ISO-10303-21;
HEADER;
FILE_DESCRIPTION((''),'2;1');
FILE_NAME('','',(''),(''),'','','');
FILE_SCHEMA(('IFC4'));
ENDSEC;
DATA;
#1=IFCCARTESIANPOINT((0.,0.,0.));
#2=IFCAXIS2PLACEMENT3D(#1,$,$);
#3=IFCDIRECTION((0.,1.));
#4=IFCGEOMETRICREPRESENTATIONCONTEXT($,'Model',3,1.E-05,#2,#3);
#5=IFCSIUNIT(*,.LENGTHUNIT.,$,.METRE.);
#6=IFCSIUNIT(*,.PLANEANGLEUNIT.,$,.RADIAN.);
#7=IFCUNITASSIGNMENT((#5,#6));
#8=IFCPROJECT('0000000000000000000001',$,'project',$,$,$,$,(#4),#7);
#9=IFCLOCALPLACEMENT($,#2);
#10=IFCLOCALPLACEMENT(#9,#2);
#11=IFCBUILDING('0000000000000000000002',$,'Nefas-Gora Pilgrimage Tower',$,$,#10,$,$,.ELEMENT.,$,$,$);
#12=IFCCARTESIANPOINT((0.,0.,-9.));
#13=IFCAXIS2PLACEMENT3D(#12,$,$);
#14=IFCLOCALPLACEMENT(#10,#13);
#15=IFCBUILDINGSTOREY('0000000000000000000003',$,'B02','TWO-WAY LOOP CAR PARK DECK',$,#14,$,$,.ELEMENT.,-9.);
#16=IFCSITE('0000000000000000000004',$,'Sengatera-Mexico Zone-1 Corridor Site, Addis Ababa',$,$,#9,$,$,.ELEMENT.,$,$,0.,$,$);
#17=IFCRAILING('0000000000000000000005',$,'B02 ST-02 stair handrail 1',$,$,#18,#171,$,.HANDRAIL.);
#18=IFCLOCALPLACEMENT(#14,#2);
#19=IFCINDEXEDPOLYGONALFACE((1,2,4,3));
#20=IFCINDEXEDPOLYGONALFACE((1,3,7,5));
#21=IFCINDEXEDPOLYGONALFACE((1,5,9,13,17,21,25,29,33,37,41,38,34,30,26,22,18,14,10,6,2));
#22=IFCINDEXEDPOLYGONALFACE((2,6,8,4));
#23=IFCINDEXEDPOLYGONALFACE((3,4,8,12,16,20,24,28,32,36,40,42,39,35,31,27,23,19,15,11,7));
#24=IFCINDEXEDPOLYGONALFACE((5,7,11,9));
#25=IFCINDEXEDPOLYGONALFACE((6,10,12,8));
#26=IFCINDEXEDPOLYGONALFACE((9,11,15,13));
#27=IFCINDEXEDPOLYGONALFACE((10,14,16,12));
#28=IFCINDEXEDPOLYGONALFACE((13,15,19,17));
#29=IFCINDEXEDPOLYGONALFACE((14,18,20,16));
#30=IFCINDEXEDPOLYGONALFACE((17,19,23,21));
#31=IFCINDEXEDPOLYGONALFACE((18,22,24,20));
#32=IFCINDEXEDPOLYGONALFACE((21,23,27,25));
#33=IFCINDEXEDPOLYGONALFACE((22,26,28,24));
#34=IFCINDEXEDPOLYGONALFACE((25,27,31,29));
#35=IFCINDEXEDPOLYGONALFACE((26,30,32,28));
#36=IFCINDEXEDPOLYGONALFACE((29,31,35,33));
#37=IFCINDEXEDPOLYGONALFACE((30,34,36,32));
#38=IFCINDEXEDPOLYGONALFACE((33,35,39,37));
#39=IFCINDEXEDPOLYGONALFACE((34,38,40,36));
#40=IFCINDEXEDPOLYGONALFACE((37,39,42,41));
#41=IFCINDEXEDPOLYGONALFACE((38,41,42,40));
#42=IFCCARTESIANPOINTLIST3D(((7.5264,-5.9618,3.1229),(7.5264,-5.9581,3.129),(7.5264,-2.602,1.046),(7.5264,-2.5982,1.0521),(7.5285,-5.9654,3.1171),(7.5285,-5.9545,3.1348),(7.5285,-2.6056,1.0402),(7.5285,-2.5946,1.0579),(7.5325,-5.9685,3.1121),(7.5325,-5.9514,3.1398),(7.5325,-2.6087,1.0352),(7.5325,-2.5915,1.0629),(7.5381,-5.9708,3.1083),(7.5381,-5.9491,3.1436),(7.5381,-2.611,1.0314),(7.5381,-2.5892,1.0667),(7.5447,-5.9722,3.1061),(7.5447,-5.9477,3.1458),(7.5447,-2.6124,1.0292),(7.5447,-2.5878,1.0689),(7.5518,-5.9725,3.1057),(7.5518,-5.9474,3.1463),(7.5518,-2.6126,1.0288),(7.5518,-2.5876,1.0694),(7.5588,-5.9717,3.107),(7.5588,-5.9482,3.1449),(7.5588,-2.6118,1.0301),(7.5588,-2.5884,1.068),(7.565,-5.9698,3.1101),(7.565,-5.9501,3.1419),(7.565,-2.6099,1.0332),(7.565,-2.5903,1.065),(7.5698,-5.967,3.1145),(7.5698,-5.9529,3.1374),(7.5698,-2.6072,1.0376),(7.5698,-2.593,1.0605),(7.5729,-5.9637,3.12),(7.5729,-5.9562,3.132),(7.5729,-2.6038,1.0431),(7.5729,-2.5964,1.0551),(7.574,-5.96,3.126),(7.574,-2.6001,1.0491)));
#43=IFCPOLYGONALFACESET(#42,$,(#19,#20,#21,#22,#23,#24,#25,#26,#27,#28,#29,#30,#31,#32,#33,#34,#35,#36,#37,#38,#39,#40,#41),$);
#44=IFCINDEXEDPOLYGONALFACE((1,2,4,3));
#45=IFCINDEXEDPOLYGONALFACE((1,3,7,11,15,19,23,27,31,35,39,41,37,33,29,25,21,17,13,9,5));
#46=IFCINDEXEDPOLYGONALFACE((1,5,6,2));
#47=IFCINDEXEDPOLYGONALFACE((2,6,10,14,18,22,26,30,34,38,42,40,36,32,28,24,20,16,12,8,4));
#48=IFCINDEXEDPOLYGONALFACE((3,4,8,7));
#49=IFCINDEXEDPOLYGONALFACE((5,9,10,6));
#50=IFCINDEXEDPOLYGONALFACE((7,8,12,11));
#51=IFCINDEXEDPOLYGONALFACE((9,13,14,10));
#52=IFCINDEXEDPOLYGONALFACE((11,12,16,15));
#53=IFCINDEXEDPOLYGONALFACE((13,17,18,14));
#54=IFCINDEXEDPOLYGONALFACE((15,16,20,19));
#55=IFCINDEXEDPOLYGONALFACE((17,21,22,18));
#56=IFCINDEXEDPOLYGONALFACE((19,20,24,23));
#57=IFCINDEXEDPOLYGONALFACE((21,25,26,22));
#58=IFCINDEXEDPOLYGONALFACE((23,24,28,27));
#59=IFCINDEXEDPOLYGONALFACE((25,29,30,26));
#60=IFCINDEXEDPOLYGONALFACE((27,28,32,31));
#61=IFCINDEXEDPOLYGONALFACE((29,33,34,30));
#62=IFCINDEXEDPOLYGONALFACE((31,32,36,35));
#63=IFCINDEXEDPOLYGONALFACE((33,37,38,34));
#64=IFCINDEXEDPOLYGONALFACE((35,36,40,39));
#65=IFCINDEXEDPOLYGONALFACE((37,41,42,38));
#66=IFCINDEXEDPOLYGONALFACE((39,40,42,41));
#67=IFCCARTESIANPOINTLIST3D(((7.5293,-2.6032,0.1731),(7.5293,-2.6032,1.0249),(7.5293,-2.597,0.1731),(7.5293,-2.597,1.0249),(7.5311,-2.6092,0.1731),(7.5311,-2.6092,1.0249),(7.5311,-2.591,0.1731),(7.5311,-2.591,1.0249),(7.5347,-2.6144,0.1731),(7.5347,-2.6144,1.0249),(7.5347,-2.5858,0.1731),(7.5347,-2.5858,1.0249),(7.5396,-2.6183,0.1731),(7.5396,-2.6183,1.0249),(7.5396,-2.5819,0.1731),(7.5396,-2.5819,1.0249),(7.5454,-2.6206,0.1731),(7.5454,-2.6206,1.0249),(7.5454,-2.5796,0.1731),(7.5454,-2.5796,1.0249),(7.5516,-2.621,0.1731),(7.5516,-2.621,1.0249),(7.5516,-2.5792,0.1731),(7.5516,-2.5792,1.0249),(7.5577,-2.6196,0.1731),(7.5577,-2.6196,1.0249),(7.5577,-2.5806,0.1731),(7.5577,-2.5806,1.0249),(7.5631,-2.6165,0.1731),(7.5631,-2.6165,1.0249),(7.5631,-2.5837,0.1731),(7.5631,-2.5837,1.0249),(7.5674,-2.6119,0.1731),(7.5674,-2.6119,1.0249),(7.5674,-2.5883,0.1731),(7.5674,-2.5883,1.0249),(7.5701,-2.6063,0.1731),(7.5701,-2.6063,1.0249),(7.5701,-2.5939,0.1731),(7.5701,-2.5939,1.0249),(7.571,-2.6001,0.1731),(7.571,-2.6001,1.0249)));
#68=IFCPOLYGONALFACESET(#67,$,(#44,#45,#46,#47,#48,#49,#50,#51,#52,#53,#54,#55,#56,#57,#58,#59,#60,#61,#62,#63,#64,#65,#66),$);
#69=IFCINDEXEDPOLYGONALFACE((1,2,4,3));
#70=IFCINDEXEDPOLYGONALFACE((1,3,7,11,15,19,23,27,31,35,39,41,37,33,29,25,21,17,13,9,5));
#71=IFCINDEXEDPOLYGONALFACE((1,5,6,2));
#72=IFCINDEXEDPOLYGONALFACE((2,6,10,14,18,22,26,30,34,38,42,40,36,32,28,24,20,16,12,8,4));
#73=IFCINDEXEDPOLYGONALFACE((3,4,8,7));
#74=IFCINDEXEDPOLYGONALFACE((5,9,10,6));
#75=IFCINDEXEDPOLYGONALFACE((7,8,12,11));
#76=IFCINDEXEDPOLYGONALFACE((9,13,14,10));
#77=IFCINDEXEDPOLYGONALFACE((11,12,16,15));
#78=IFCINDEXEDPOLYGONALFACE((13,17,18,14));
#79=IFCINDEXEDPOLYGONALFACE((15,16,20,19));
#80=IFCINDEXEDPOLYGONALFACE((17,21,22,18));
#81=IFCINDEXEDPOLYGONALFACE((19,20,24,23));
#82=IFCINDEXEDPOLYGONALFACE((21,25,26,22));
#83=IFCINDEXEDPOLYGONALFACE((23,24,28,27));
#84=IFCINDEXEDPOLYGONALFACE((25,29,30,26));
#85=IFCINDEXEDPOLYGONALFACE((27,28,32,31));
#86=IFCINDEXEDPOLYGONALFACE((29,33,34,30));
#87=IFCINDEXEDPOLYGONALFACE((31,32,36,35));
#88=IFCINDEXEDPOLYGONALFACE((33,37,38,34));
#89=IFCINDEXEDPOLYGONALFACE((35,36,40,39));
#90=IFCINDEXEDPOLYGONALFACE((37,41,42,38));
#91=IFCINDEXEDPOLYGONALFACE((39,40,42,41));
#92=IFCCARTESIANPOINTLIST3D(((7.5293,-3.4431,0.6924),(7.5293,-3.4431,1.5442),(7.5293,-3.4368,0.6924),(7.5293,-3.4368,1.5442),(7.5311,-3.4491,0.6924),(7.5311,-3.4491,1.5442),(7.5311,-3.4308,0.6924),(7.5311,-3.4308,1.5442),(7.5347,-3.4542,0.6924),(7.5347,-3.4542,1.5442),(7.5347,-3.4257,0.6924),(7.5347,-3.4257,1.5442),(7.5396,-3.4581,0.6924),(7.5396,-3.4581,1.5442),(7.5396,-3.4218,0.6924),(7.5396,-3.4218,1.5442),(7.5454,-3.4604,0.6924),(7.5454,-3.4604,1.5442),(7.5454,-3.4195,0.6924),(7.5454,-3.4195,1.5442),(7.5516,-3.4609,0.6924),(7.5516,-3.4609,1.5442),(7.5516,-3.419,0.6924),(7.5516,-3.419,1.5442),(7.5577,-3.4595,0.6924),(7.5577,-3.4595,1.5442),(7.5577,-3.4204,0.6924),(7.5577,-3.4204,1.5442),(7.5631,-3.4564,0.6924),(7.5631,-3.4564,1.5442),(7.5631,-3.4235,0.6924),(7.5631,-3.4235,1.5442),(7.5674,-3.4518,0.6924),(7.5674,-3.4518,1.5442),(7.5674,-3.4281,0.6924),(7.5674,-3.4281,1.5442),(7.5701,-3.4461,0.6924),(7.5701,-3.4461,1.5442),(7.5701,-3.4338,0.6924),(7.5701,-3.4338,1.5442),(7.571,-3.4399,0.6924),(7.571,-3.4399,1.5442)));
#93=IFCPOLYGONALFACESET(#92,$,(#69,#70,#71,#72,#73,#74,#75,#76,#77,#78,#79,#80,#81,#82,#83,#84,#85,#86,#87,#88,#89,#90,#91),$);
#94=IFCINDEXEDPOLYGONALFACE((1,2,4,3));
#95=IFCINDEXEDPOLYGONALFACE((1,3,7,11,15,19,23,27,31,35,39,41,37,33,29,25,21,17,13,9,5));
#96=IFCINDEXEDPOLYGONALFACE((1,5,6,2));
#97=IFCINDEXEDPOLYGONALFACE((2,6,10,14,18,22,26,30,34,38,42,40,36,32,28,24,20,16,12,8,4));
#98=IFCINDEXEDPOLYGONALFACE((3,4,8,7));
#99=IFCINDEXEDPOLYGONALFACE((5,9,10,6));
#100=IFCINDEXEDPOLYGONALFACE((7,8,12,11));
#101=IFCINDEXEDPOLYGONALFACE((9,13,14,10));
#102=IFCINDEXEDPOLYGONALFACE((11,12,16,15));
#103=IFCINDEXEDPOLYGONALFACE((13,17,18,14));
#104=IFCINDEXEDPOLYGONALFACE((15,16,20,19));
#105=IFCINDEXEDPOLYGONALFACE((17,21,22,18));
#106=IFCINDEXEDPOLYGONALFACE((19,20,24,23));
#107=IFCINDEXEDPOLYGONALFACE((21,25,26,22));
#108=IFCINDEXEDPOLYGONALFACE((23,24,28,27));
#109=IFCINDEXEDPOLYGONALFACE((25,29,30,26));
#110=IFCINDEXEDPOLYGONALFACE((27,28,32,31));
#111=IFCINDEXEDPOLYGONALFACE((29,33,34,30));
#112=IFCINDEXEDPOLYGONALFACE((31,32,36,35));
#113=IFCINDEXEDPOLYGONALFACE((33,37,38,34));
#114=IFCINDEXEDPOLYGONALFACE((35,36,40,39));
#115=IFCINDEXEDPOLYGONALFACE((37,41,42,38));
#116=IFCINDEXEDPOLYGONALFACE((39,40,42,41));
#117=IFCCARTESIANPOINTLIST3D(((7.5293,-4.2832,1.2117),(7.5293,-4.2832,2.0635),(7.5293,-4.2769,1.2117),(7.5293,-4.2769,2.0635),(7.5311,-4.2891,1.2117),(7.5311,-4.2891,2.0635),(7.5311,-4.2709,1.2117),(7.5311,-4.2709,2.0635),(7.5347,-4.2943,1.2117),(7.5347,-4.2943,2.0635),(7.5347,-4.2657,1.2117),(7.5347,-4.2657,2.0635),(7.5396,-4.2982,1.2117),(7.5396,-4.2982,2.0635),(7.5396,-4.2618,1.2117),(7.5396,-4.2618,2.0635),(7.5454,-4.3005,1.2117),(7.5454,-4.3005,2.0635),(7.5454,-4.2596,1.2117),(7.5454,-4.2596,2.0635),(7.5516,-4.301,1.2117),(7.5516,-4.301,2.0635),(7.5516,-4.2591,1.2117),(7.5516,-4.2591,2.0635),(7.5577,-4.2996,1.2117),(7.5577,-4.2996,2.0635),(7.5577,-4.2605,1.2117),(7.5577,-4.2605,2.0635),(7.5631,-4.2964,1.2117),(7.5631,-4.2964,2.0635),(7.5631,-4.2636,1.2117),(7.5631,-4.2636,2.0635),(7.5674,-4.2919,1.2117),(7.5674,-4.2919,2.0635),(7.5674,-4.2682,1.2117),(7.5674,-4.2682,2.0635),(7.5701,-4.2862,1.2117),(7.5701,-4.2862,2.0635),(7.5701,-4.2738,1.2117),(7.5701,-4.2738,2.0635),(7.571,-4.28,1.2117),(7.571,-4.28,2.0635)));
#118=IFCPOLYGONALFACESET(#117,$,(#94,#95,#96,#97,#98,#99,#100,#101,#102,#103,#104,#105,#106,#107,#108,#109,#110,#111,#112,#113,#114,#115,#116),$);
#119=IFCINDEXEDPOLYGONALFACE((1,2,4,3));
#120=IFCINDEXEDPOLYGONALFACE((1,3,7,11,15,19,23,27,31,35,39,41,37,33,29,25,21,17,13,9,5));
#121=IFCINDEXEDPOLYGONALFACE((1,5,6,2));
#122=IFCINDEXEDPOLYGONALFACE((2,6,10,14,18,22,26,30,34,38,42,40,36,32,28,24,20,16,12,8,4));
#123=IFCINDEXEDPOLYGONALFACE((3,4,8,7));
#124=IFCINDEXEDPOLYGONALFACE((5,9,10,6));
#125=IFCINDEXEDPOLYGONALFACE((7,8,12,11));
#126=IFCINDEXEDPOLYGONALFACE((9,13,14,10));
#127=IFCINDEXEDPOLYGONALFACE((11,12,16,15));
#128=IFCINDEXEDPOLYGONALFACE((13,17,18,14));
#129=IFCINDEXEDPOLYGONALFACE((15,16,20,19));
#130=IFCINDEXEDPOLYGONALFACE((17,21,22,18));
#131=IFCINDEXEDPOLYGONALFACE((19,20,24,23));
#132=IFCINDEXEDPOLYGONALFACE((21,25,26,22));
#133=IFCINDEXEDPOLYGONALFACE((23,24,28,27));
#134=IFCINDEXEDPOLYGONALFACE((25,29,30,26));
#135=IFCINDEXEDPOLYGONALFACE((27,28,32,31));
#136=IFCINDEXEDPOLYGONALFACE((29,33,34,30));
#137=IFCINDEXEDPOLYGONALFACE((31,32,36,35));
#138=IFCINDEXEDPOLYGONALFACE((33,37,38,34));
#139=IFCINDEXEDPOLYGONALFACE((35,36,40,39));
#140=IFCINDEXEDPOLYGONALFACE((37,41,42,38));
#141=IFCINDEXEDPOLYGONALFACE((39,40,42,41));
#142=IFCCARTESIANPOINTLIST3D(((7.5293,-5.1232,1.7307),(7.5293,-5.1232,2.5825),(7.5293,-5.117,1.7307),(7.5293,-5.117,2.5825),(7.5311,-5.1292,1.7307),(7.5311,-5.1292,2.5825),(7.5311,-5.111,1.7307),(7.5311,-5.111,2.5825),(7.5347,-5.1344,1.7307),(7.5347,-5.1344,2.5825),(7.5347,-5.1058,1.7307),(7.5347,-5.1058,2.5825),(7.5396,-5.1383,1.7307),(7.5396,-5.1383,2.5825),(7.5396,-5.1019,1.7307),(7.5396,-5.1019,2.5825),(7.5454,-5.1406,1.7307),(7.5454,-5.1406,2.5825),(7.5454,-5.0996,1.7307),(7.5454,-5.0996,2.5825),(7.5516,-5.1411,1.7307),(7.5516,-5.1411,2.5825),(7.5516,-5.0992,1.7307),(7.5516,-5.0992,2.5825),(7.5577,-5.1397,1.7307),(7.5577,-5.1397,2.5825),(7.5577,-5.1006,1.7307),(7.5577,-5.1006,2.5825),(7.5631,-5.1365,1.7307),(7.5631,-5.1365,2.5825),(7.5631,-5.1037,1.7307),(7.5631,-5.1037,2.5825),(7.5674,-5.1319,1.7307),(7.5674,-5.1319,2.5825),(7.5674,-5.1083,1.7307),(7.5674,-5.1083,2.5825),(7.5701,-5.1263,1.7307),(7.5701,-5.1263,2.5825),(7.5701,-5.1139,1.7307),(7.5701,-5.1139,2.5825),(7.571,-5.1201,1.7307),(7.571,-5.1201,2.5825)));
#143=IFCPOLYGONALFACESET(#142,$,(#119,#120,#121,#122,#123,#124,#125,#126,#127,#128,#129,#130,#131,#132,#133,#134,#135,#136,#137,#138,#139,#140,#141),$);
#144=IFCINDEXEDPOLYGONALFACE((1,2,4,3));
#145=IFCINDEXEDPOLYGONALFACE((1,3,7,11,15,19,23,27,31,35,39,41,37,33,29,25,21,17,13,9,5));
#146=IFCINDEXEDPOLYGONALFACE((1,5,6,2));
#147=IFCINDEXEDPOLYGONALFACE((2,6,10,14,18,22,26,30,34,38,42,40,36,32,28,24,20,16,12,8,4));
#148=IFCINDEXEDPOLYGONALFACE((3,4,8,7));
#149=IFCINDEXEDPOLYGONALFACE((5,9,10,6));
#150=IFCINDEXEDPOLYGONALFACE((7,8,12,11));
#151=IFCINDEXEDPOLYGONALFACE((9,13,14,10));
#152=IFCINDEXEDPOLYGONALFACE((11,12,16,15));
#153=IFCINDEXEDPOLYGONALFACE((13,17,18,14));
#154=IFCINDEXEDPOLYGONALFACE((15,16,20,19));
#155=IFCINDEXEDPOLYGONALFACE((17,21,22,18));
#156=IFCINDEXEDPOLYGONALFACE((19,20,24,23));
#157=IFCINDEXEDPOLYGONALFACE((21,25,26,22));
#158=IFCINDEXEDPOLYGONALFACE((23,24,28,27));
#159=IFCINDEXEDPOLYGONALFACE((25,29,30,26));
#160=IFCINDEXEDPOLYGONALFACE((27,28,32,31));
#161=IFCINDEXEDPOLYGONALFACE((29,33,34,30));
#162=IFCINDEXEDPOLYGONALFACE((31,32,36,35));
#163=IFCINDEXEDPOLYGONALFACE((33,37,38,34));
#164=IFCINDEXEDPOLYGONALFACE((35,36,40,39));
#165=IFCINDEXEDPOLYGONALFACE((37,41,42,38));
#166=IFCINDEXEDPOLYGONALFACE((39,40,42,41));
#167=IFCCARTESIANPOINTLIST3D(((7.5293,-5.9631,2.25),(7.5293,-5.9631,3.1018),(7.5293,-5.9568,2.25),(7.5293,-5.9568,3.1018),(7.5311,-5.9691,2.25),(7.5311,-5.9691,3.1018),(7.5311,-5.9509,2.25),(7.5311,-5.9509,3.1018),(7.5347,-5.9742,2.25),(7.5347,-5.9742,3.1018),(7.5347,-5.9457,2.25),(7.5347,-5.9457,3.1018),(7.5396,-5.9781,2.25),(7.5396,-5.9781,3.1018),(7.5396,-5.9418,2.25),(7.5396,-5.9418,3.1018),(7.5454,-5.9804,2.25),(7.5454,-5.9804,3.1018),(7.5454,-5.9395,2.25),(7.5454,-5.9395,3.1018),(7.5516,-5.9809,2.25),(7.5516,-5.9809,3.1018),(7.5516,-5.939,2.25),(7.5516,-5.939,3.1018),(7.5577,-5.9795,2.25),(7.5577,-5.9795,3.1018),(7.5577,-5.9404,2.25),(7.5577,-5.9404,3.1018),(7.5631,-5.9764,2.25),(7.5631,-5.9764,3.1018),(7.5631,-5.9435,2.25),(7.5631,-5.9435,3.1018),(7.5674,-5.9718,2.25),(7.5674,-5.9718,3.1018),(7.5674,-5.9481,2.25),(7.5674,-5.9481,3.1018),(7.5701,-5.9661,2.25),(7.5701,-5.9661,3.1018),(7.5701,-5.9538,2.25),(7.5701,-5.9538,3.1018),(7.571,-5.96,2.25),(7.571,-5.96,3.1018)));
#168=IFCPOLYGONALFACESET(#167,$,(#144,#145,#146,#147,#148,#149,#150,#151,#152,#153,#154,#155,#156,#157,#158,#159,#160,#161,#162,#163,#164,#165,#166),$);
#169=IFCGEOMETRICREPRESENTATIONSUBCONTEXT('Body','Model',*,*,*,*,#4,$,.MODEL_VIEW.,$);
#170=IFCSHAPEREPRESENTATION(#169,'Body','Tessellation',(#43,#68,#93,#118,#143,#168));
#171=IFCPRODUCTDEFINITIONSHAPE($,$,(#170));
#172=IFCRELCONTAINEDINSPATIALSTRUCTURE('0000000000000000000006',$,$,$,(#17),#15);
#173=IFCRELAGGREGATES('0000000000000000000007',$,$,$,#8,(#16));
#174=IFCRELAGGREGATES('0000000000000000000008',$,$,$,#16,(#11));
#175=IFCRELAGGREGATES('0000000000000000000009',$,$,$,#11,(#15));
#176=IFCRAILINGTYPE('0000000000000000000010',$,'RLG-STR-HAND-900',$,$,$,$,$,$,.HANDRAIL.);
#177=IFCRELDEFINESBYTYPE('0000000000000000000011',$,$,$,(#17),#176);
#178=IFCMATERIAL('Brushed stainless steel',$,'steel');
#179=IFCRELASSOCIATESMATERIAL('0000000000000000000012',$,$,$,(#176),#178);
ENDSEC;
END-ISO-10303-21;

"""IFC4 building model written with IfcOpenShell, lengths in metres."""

from ifc_helpers import new_model, si_unit, direction, frame, origin, origin_2d, place, context, subcontext, project, spatial, circle, extrude, material, type_object, element, save


model = new_model("IFC4")

# Units and contexts
model_context = context("Model", 3, precision=1e-05, world=origin(), true_north=direction((0.0, 1.0)))
body_context = subcontext(model_context, "Body", "Model", "MODEL_VIEW")
ifc_project = project(units=[si_unit("LENGTHUNIT", "METRE"), si_unit("PLANEANGLEUNIT", "RADIAN")], contexts=[model_context])

# Site, building, storey
site_placement = place(None, origin())
site = spatial("IfcSite", under=ifc_project, at=site_placement, Name="Sengatera-Mexico Zone-1 Corridor Site, Addis Ababa", CompositionType="ELEMENT", RefElevation=0.0)
building_placement = place(site_placement, origin())
building = spatial("IfcBuilding", under=site, at=building_placement, Name="Nefas-Gora Pilgrimage Tower", CompositionType="ELEMENT")
storey_placement = place(building_placement, frame((0.0, 0.0, -9.0)))
storey = spatial("IfcBuildingStorey", under=building, at=storey_placement, Name="B02", Description="TWO-WAY LOOP CAR PARK DECK", CompositionType="ELEMENT", Elevation=-9.0)

# Railing
ifc_material_1 = material(Name="Brushed stainless steel", Category="steel")
railing_type_1 = type_object("IfcRailingType", Name="RLG-STR-HAND-900", PredefinedType="HANDRAIL", material=ifc_material_1)
railing_1_placement = place(storey_placement, frame((7.55, -2.6001, 0.1731)))
element("IfcRailing", 1, at=railing_1_placement, inside=storey, type_object=railing_type_1, Name="B02 ST-02 stair handrail 1", PredefinedType="HANDRAIL", context=body_context, shape_type="SweptSolid", body=[
    extrude(circle(Radius=0.0239, at=origin_2d()), frame((0.0, 0.0, 0.876), z_axis=(0.0, -0.850606, 0.525803), x_axis=(1.0, 0.0, 0.0)), (0.0, 0.0, 1.0), 3.95),
    extrude(circle(Radius=0.021, at=origin_2d()), origin(), (0.0, 0.0, 1.0), 0.8518),
    extrude(circle(Radius=0.021, at=origin_2d()), frame((0.0, -0.8398, 0.5193)), (0.0, 0.0, 1.0), 0.8518),
    extrude(circle(Radius=0.021, at=origin_2d()), frame((0.0, -1.6799, 1.0386)), (0.0, 0.0, 1.0), 0.8518),
    extrude(circle(Radius=0.021, at=origin_2d()), frame((0.0, -2.52, 1.5576)), (0.0, 0.0, 1.0), 0.8518),
    extrude(circle(Radius=0.021, at=origin_2d()), frame((0.0, -3.3599, 2.0769)), (0.0, 0.0, 1.0), 0.8518),
])

save(model, "model.ifc")
